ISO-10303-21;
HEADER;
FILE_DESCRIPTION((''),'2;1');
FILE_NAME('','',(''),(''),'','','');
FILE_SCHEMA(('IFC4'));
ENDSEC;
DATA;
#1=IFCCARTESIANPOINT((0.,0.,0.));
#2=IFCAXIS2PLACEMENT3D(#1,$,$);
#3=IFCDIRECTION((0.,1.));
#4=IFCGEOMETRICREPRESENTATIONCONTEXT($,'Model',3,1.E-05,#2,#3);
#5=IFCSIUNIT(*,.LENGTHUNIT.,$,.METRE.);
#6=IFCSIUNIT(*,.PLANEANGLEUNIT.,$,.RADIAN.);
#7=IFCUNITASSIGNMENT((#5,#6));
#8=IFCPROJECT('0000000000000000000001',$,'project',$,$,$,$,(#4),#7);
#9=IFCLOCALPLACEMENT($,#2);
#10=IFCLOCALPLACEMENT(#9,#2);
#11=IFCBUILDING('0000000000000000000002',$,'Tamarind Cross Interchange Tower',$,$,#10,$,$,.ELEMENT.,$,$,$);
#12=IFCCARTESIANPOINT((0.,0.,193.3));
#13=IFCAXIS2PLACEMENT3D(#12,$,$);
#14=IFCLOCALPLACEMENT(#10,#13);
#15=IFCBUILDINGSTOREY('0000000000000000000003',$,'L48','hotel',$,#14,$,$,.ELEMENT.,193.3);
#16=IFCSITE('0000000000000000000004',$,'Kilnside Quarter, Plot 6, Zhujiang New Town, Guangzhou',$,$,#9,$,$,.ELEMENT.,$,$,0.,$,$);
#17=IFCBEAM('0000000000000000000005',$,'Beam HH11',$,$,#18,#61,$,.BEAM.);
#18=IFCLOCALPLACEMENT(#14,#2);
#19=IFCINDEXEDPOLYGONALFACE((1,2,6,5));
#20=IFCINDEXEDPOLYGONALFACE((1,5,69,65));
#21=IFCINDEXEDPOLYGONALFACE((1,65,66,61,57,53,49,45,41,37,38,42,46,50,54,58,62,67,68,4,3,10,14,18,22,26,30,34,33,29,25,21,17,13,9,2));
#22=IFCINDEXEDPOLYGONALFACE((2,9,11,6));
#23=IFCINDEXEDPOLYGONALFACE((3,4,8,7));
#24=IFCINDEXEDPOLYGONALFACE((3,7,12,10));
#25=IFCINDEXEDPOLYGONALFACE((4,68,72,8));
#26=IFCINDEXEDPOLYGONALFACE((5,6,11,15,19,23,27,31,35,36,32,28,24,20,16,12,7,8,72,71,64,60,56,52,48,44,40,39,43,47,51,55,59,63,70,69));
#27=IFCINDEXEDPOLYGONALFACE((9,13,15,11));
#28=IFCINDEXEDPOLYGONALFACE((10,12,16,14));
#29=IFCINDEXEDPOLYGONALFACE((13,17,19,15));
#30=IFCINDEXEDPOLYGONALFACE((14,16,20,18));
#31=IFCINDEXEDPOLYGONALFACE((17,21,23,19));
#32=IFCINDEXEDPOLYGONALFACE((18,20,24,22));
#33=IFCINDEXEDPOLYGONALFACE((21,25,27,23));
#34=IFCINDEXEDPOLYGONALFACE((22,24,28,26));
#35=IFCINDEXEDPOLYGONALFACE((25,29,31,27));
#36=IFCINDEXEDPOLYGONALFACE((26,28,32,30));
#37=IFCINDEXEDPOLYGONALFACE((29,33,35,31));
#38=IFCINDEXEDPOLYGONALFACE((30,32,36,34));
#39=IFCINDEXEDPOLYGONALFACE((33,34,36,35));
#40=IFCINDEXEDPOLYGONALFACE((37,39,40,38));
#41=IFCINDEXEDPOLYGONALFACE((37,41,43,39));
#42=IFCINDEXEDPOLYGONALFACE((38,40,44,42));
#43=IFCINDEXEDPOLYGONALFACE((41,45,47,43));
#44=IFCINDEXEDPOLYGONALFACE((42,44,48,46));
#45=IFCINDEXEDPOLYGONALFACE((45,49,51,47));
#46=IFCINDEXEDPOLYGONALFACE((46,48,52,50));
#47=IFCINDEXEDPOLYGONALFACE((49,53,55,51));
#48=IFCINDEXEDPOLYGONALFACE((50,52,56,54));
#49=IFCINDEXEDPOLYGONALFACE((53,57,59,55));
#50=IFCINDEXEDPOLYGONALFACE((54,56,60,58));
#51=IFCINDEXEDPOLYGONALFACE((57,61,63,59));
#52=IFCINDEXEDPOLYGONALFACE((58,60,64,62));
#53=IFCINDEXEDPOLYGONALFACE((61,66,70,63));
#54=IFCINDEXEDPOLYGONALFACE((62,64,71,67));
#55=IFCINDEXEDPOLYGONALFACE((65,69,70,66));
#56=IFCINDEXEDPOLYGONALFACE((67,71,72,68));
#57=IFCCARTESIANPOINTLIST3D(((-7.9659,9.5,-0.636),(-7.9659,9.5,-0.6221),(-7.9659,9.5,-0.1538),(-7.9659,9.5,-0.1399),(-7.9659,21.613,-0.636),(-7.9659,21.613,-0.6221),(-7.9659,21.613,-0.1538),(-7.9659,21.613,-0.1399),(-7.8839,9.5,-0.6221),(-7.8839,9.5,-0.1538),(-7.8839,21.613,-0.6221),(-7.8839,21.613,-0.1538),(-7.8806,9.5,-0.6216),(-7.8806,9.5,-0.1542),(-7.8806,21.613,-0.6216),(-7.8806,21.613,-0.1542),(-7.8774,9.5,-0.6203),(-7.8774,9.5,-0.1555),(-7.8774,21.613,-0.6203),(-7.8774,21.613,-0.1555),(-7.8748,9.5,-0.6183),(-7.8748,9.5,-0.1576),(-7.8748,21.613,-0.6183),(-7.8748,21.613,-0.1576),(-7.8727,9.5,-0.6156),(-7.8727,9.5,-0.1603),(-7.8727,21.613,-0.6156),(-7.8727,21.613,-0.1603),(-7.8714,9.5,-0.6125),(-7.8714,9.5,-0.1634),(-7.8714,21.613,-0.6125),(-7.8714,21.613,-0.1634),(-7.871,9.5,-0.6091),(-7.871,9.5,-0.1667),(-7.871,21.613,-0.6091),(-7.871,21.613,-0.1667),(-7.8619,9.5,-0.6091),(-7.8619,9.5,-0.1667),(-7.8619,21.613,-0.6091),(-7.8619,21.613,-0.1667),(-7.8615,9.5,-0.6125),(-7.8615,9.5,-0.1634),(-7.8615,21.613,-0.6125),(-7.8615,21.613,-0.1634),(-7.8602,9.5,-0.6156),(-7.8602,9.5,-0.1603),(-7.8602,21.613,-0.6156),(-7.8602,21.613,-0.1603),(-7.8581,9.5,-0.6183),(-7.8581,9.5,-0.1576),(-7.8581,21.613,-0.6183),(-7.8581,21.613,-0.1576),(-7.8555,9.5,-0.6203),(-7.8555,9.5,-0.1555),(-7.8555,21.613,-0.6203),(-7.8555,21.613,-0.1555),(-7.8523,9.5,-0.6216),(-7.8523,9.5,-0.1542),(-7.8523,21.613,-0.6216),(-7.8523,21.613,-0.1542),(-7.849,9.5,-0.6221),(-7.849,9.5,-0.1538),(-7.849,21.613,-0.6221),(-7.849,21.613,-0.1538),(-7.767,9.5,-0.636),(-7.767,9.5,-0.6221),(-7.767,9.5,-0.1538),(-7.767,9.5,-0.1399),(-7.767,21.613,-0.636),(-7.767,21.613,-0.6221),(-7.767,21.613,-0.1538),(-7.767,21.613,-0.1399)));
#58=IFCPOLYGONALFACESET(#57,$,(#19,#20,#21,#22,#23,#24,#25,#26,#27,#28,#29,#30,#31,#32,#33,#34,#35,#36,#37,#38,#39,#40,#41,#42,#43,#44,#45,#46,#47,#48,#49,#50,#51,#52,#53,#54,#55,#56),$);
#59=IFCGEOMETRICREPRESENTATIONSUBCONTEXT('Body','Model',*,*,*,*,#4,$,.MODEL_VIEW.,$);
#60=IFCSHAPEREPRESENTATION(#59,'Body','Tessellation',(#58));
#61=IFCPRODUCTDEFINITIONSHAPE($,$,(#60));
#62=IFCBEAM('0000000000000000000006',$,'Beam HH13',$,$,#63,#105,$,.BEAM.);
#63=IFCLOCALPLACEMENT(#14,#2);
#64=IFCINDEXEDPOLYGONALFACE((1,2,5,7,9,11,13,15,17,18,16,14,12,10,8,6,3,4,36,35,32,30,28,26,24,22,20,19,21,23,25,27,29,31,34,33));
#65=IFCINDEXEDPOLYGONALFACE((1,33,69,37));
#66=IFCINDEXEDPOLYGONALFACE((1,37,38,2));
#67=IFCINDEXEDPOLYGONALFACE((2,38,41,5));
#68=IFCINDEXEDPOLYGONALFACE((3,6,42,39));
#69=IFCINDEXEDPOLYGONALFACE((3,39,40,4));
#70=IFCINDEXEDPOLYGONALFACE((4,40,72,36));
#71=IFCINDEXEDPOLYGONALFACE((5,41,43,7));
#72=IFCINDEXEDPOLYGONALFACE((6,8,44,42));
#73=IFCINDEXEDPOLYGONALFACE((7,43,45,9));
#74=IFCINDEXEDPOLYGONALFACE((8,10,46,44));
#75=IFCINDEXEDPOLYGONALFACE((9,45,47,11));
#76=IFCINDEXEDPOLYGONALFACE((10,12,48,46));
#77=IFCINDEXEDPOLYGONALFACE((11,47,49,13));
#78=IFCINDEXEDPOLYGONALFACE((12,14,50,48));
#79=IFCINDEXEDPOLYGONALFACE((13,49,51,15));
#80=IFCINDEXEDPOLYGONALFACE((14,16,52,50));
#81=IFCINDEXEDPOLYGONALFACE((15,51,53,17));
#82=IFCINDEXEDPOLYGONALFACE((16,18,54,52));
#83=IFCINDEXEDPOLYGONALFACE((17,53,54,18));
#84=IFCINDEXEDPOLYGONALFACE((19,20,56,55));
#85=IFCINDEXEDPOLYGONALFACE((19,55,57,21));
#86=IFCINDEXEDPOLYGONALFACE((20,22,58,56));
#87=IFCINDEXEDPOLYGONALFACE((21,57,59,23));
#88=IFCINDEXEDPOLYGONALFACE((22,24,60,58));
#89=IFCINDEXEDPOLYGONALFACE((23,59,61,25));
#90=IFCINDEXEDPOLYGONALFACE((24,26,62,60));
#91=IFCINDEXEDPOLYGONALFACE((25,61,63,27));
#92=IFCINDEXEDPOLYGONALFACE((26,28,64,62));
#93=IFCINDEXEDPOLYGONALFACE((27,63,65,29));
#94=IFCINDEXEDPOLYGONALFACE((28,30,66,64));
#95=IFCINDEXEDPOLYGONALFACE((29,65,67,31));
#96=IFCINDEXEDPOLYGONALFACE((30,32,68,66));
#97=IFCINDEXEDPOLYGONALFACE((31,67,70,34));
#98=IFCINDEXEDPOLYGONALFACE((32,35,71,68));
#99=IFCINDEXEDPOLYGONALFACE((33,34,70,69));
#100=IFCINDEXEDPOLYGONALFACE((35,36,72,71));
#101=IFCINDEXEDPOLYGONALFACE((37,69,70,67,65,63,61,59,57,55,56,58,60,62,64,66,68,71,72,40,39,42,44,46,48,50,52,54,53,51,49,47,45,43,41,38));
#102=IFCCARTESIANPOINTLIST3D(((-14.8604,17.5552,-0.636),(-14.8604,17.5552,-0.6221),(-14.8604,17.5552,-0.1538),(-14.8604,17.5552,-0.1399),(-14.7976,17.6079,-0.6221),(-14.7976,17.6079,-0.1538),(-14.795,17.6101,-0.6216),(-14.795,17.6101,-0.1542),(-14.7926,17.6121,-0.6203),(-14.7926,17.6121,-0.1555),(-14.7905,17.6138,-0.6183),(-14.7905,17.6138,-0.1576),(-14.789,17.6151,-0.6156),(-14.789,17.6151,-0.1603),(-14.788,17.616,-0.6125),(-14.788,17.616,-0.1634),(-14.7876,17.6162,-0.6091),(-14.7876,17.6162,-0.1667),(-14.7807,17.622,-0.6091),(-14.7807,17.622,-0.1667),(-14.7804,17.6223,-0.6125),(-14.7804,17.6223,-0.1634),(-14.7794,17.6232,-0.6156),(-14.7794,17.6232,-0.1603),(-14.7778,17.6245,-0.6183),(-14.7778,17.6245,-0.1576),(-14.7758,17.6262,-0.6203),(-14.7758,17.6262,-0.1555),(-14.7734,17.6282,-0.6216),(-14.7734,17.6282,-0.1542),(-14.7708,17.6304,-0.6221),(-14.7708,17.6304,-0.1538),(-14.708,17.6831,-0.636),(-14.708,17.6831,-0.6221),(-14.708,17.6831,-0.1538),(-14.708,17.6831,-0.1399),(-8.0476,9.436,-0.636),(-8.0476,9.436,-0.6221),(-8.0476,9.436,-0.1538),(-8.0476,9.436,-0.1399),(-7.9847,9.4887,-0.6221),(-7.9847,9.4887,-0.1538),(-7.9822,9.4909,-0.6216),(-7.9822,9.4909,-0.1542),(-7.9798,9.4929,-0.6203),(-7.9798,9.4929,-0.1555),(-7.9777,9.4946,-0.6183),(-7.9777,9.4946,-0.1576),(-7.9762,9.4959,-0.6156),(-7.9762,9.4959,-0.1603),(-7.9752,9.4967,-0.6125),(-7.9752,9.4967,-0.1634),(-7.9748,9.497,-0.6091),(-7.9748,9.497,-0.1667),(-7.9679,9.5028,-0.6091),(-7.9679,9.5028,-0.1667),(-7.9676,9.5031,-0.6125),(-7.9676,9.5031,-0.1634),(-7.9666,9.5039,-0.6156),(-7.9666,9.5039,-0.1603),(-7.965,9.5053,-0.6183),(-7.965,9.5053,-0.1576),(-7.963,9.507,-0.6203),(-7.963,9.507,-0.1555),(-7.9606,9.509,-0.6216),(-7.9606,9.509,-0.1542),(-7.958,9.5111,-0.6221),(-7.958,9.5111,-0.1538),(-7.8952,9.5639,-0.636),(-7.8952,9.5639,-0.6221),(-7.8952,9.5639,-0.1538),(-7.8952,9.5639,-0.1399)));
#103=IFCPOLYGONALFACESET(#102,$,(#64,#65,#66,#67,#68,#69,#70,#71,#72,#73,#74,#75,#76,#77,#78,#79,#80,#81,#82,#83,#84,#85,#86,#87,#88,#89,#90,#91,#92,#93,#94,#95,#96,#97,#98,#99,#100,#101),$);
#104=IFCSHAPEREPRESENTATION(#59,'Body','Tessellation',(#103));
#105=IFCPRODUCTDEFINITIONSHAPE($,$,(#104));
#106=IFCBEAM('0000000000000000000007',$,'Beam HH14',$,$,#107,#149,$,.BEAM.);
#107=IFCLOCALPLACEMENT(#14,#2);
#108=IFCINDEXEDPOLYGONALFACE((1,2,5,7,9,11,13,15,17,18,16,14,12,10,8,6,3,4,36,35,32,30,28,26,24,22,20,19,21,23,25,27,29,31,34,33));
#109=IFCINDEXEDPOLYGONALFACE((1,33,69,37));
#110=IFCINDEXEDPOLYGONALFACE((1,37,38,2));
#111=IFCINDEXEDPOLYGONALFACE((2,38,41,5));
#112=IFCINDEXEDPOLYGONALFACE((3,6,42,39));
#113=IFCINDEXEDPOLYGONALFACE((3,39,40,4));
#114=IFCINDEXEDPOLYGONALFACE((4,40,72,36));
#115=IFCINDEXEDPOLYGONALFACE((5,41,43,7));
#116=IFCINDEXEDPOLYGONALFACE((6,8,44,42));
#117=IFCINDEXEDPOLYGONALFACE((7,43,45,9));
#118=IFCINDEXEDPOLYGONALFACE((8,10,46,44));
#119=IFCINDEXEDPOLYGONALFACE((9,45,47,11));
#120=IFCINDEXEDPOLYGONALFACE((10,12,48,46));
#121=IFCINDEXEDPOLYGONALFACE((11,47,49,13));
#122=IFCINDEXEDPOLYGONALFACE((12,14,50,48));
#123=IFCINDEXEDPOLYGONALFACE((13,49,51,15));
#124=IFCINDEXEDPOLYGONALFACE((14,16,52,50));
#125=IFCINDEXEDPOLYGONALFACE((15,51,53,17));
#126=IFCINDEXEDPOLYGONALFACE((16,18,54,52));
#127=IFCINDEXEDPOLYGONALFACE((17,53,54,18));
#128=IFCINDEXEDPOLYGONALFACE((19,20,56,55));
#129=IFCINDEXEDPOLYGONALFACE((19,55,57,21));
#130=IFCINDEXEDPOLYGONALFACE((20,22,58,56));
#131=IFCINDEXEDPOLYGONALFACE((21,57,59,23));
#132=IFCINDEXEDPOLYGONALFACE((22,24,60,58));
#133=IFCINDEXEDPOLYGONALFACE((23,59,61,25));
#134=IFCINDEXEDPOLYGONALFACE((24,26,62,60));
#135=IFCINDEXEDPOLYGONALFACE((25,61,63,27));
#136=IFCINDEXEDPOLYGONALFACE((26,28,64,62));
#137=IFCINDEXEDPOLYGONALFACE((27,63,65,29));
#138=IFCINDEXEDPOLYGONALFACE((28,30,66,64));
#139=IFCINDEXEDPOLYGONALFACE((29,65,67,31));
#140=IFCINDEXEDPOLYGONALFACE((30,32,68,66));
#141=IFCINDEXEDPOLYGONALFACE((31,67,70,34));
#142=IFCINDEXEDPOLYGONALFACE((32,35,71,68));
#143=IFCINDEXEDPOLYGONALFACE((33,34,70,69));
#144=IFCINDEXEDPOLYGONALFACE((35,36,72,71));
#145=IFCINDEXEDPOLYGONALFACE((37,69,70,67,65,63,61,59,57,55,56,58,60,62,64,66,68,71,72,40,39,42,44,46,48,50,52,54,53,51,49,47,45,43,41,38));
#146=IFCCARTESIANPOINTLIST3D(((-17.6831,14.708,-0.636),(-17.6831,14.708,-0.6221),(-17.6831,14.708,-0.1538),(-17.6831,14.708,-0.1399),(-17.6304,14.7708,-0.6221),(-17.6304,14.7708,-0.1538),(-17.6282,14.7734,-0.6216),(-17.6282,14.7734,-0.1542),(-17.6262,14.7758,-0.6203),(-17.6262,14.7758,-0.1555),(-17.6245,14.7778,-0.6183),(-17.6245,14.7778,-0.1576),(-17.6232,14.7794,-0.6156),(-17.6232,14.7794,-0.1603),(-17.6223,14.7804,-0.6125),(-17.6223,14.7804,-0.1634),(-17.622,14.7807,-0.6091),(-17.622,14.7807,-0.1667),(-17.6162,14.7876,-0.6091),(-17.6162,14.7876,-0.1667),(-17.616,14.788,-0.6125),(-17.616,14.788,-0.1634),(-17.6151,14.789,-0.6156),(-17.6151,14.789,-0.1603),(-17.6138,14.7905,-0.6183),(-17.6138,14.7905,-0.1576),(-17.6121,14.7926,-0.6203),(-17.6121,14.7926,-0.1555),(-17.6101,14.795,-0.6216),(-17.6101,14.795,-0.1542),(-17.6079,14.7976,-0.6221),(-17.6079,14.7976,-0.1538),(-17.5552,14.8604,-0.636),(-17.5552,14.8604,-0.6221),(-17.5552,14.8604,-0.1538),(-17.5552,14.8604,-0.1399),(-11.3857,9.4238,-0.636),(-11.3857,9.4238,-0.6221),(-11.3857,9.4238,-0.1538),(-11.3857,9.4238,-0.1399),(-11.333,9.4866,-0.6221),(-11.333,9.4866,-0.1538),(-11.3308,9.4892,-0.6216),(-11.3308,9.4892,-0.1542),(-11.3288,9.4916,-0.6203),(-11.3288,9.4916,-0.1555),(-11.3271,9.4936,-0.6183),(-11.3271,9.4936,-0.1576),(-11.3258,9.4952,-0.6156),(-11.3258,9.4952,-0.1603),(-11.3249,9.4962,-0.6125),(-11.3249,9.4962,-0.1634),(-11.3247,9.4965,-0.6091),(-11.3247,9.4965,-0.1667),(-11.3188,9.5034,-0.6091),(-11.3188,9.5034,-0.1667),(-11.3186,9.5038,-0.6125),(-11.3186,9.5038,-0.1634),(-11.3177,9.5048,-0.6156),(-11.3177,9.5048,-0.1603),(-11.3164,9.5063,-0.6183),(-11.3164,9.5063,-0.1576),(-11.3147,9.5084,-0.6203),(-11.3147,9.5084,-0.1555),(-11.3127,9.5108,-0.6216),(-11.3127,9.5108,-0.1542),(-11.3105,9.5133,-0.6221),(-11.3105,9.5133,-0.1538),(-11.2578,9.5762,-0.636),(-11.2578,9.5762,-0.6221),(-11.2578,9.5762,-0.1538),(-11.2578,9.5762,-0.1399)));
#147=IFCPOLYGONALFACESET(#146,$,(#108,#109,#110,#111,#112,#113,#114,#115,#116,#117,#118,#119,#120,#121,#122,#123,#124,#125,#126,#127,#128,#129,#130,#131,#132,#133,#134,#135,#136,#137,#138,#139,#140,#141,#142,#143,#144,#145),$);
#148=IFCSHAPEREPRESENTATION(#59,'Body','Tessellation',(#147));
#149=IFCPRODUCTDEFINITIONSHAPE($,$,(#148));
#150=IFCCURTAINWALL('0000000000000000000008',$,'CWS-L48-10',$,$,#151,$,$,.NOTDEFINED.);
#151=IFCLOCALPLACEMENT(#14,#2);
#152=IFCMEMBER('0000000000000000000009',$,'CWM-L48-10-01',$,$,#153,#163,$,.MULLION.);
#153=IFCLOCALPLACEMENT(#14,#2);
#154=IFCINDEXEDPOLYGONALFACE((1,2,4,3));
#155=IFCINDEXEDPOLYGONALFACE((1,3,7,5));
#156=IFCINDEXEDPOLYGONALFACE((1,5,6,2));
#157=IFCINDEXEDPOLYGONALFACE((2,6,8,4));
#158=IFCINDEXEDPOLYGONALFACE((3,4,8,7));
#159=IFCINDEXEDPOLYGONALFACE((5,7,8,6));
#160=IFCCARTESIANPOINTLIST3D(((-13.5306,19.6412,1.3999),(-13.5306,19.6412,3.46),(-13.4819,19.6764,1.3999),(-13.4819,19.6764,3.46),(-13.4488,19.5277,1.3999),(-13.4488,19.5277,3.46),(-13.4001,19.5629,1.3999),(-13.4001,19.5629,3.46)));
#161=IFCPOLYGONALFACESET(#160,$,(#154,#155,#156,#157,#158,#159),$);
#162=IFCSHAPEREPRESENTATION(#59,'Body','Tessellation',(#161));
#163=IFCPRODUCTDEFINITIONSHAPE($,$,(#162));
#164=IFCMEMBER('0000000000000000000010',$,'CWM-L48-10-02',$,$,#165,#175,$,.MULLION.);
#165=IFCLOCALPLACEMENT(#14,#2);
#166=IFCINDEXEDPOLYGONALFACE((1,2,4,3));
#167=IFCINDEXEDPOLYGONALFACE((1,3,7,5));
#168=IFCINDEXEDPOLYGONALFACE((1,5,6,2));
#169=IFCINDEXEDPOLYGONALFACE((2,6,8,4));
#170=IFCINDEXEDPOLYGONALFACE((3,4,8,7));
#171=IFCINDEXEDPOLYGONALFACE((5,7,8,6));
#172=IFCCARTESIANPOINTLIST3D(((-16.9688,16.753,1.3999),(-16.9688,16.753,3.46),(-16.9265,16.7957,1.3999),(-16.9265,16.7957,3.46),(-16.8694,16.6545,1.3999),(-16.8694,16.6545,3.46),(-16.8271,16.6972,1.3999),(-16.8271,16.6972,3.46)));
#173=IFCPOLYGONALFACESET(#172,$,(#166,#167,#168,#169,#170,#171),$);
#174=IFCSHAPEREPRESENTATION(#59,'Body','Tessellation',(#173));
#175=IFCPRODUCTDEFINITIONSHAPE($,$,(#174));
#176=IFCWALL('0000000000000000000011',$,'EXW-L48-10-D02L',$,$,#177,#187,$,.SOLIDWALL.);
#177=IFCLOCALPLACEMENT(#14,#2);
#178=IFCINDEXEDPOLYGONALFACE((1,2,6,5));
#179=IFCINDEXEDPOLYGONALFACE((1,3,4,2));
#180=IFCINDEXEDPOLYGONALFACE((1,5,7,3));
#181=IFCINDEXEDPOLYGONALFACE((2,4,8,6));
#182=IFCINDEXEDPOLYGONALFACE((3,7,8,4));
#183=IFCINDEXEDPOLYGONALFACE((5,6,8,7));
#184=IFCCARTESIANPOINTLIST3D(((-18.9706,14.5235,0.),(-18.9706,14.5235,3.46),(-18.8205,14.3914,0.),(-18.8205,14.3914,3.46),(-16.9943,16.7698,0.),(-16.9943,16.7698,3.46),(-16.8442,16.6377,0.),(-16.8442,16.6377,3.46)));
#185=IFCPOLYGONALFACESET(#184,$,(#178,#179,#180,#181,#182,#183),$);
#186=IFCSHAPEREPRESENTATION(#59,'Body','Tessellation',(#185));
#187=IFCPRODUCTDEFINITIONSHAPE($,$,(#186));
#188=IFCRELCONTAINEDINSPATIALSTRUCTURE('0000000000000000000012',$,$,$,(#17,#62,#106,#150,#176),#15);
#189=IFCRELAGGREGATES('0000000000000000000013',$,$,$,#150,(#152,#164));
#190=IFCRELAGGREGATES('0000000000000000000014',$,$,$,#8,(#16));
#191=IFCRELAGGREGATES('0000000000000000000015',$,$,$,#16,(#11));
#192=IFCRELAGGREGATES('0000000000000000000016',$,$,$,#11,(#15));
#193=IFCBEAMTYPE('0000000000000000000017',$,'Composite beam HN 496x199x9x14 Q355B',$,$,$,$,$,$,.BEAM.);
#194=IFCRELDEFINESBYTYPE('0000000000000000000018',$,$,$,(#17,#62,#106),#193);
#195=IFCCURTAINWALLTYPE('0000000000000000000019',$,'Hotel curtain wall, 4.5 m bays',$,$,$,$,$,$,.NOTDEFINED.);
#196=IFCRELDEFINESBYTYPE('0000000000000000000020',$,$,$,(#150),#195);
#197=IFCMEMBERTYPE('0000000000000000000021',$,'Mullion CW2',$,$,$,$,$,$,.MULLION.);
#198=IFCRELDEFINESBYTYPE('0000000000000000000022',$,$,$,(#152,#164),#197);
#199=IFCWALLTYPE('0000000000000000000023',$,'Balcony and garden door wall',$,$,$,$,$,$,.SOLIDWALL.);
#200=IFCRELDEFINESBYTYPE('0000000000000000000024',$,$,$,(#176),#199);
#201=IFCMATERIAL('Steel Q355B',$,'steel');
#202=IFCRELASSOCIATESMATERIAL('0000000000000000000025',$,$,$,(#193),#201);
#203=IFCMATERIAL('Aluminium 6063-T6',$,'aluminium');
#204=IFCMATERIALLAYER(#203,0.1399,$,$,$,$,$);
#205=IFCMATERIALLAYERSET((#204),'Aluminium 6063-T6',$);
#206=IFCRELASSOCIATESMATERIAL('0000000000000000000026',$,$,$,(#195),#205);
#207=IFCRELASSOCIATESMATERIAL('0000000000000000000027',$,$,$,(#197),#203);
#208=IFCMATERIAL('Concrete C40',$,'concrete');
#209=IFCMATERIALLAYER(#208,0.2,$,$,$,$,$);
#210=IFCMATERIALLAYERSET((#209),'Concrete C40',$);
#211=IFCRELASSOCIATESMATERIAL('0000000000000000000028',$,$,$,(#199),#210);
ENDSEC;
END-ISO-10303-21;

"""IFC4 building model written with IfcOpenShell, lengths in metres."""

from ifc_helpers import new_model, si_unit, direction, frame, frame_2d, origin, origin_2d, place, context, subcontext, project, spatial, rectangle, i_section, extrude, material, layer, layer_set, material_profile, profile_set, type_object, element, aggregate, save


model = new_model("IFC4")

# Units and contexts
model_context = context("Model", 3, precision=1e-05, world=origin(), true_north=direction((0.0, 1.0)))
body_context = subcontext(model_context, "Body", "Model", "MODEL_VIEW")
ifc_project = project(units=[si_unit("LENGTHUNIT", "METRE"), si_unit("PLANEANGLEUNIT", "RADIAN")], contexts=[model_context])

# Site, building, storey
site_placement = place(None, origin())
site = spatial("IfcSite", under=ifc_project, at=site_placement, Name="Kilnside Quarter, Plot 6, Zhujiang New Town, Guangzhou", CompositionType="ELEMENT", RefElevation=0.0)
building_placement = place(site_placement, origin())
building = spatial("IfcBuilding", under=site, at=building_placement, Name="Tamarind Cross Interchange Tower", CompositionType="ELEMENT")
storey_placement = place(building_placement, frame((0.0, 0.0, 193.3)))
storey = spatial("IfcBuildingStorey", under=building, at=storey_placement, Name="L48", Description="hotel", CompositionType="ELEMENT", Elevation=193.3)

# Beams
ifc_material_1 = material(Name="Steel Q355B", Category="steel")
ifc_material_profile_1 = material_profile(ifc_material_1, i_section(OverallWidth=0.199, OverallDepth=0.4961, WebThickness=0.009, FlangeThickness=0.0139, FilletRadius=0.0129, at=origin_2d()), Name="HN 496x199x9x14")
ifc_profile_set_1 = profile_set([ifc_material_profile_1], Name="Steel Q355B")
beam_type = type_object("IfcBeamType", Name="Composite beam HN 496x199x9x14 Q355B", PredefinedType="BEAM", material=ifc_profile_set_1)
beam_1_placement = place(storey_placement, frame((-7.8665, 21.613, -0.3879), z_axis=(0.0, -1.0, 0.0), x_axis=(1.0, 0.0, 0.0)))
element("IfcBeam", 1, at=beam_1_placement, inside=storey, type_object=beam_type, Name="Beam HH11", PredefinedType="BEAM", context=body_context, shape_type="SweptSolid", body=[
    extrude(i_section(OverallWidth=0.199, OverallDepth=0.4961, WebThickness=0.009, FlangeThickness=0.0139, FilletRadius=0.0129, at=origin_2d()), origin(), (0.0, 0.0, 1.0), 12.113),
])
beam_2_placement = place(storey_placement, frame((-14.7842, 17.6191, -0.3879), z_axis=(0.642786, -0.766046, 0.0), x_axis=(0.766046, 0.642786, 0.0)))
element("IfcBeam", 2, at=beam_2_placement, inside=storey, type_object=beam_type, Name="Beam HH13", PredefinedType="BEAM", context=body_context, shape_type="SweptSolid", body=[
    extrude(i_section(OverallWidth=0.199, OverallDepth=0.4961, WebThickness=0.009, FlangeThickness=0.0139, FilletRadius=0.0129, at=origin_2d()), origin(), (0.0, 0.0, 1.0), 10.5989),
])
beam_3_placement = place(storey_placement, frame((-17.6191, 14.7842, -0.3879), z_axis=(0.766041, -0.642792, 0.0), x_axis=(0.642792, 0.766041, 0.0)))
element("IfcBeam", 3, at=beam_3_placement, inside=storey, type_object=beam_type, Name="Beam HH14", PredefinedType="BEAM", context=body_context, shape_type="SweptSolid", body=[
    extrude(i_section(OverallWidth=0.199, OverallDepth=0.4961, WebThickness=0.009, FlangeThickness=0.0139, FilletRadius=0.0129, at=origin_2d()), origin(), (0.0, 0.0, 1.0), 8.2207),
])

# Curtain wall, members
ifc_material_2 = material(Name="Aluminium 6063-T6", Category="aluminium")
ifc_layer_1 = layer(ifc_material_2, 0.1399)
ifc_layer_set_1 = layer_set([ifc_layer_1], Name="Aluminium 6063-T6")
curtain_wall_type = type_object("IfcCurtainWallType", Name="Hotel curtain wall, 4.5 m bays", PredefinedType="NOTDEFINED", material=ifc_layer_set_1)
curtain_wall_placement = place(storey_placement, origin())
curtain_wall = element("IfcCurtainWall", 4, at=curtain_wall_placement, inside=storey, type_object=curtain_wall_type, Name="CWS-L48-10", PredefinedType="NOTDEFINED")
ifc_material_profile_2 = material_profile(ifc_material_2, rectangle(XDim=0.0601, YDim=0.1399, at=origin_2d()), Name="Mullion CW2")
ifc_profile_set_2 = profile_set([ifc_material_profile_2], Name="Aluminium 6063-T6")
member_type = type_object("IfcMemberType", Name="Mullion CW2", PredefinedType="MULLION", material=ifc_profile_set_2)
member_1_placement = place(storey_placement, frame((-13.4653, 19.6021, 1.3999), z_axis=(0.0, 0.0, 1.0), x_axis=(-0.81134, -0.584574, 0.0)))
member_1 = element("IfcMember", 5, at=member_1_placement, type_object=member_type, Name="CWM-L48-10-01", PredefinedType="MULLION", context=body_context, shape_type="SweptSolid", body=[
    extrude(rectangle(XDim=0.0601, YDim=0.1399, at=origin_2d()), origin(), (0.0, 0.0, 1.0), 2.0601),
])
member_2_placement = place(storey_placement, frame((-16.8979, 16.7251, 1.3999), z_axis=(0.0, 0.0, 1.0), x_axis=(-0.704057, -0.710143, 0.0)))
member_2 = element("IfcMember", 6, at=member_2_placement, type_object=member_type, Name="CWM-L48-10-02", PredefinedType="MULLION", context=body_context, shape_type="SweptSolid", body=[
    extrude(rectangle(XDim=0.0601, YDim=0.1399, at=origin_2d()), origin(), (0.0, 0.0, 1.0), 2.0601),
])
aggregate(curtain_wall, [member_1, member_2])

# Wall
ifc_material_3 = material(Name="Concrete C40", Category="concrete")
ifc_layer_2 = layer(ifc_material_3, 0.2)
ifc_layer_set_2 = layer_set([ifc_layer_2], Name="Concrete C40")
wall_type_1 = type_object("IfcWallType", Name="Balcony and garden door wall", PredefinedType="SOLIDWALL", material=ifc_layer_set_2)
wall_1_placement = place(storey_placement, frame((-16.9192, 16.7039, 0.0), z_axis=(0.0, 0.0, 1.0), x_axis=(-0.660541, -0.75079, 0.0)))
element("IfcWall", 7, at=wall_1_placement, inside=storey, type_object=wall_type_1, Name="EXW-L48-10-D02L", PredefinedType="SOLIDWALL", context=body_context, shape_type="SweptSolid", body=[
    extrude(rectangle(XDim=2.9919, YDim=0.2, at=frame_2d((1.4961, 0.0))), origin(), (0.0, 0.0, 1.0), 3.46),
])

save(model, "model.ifc")
